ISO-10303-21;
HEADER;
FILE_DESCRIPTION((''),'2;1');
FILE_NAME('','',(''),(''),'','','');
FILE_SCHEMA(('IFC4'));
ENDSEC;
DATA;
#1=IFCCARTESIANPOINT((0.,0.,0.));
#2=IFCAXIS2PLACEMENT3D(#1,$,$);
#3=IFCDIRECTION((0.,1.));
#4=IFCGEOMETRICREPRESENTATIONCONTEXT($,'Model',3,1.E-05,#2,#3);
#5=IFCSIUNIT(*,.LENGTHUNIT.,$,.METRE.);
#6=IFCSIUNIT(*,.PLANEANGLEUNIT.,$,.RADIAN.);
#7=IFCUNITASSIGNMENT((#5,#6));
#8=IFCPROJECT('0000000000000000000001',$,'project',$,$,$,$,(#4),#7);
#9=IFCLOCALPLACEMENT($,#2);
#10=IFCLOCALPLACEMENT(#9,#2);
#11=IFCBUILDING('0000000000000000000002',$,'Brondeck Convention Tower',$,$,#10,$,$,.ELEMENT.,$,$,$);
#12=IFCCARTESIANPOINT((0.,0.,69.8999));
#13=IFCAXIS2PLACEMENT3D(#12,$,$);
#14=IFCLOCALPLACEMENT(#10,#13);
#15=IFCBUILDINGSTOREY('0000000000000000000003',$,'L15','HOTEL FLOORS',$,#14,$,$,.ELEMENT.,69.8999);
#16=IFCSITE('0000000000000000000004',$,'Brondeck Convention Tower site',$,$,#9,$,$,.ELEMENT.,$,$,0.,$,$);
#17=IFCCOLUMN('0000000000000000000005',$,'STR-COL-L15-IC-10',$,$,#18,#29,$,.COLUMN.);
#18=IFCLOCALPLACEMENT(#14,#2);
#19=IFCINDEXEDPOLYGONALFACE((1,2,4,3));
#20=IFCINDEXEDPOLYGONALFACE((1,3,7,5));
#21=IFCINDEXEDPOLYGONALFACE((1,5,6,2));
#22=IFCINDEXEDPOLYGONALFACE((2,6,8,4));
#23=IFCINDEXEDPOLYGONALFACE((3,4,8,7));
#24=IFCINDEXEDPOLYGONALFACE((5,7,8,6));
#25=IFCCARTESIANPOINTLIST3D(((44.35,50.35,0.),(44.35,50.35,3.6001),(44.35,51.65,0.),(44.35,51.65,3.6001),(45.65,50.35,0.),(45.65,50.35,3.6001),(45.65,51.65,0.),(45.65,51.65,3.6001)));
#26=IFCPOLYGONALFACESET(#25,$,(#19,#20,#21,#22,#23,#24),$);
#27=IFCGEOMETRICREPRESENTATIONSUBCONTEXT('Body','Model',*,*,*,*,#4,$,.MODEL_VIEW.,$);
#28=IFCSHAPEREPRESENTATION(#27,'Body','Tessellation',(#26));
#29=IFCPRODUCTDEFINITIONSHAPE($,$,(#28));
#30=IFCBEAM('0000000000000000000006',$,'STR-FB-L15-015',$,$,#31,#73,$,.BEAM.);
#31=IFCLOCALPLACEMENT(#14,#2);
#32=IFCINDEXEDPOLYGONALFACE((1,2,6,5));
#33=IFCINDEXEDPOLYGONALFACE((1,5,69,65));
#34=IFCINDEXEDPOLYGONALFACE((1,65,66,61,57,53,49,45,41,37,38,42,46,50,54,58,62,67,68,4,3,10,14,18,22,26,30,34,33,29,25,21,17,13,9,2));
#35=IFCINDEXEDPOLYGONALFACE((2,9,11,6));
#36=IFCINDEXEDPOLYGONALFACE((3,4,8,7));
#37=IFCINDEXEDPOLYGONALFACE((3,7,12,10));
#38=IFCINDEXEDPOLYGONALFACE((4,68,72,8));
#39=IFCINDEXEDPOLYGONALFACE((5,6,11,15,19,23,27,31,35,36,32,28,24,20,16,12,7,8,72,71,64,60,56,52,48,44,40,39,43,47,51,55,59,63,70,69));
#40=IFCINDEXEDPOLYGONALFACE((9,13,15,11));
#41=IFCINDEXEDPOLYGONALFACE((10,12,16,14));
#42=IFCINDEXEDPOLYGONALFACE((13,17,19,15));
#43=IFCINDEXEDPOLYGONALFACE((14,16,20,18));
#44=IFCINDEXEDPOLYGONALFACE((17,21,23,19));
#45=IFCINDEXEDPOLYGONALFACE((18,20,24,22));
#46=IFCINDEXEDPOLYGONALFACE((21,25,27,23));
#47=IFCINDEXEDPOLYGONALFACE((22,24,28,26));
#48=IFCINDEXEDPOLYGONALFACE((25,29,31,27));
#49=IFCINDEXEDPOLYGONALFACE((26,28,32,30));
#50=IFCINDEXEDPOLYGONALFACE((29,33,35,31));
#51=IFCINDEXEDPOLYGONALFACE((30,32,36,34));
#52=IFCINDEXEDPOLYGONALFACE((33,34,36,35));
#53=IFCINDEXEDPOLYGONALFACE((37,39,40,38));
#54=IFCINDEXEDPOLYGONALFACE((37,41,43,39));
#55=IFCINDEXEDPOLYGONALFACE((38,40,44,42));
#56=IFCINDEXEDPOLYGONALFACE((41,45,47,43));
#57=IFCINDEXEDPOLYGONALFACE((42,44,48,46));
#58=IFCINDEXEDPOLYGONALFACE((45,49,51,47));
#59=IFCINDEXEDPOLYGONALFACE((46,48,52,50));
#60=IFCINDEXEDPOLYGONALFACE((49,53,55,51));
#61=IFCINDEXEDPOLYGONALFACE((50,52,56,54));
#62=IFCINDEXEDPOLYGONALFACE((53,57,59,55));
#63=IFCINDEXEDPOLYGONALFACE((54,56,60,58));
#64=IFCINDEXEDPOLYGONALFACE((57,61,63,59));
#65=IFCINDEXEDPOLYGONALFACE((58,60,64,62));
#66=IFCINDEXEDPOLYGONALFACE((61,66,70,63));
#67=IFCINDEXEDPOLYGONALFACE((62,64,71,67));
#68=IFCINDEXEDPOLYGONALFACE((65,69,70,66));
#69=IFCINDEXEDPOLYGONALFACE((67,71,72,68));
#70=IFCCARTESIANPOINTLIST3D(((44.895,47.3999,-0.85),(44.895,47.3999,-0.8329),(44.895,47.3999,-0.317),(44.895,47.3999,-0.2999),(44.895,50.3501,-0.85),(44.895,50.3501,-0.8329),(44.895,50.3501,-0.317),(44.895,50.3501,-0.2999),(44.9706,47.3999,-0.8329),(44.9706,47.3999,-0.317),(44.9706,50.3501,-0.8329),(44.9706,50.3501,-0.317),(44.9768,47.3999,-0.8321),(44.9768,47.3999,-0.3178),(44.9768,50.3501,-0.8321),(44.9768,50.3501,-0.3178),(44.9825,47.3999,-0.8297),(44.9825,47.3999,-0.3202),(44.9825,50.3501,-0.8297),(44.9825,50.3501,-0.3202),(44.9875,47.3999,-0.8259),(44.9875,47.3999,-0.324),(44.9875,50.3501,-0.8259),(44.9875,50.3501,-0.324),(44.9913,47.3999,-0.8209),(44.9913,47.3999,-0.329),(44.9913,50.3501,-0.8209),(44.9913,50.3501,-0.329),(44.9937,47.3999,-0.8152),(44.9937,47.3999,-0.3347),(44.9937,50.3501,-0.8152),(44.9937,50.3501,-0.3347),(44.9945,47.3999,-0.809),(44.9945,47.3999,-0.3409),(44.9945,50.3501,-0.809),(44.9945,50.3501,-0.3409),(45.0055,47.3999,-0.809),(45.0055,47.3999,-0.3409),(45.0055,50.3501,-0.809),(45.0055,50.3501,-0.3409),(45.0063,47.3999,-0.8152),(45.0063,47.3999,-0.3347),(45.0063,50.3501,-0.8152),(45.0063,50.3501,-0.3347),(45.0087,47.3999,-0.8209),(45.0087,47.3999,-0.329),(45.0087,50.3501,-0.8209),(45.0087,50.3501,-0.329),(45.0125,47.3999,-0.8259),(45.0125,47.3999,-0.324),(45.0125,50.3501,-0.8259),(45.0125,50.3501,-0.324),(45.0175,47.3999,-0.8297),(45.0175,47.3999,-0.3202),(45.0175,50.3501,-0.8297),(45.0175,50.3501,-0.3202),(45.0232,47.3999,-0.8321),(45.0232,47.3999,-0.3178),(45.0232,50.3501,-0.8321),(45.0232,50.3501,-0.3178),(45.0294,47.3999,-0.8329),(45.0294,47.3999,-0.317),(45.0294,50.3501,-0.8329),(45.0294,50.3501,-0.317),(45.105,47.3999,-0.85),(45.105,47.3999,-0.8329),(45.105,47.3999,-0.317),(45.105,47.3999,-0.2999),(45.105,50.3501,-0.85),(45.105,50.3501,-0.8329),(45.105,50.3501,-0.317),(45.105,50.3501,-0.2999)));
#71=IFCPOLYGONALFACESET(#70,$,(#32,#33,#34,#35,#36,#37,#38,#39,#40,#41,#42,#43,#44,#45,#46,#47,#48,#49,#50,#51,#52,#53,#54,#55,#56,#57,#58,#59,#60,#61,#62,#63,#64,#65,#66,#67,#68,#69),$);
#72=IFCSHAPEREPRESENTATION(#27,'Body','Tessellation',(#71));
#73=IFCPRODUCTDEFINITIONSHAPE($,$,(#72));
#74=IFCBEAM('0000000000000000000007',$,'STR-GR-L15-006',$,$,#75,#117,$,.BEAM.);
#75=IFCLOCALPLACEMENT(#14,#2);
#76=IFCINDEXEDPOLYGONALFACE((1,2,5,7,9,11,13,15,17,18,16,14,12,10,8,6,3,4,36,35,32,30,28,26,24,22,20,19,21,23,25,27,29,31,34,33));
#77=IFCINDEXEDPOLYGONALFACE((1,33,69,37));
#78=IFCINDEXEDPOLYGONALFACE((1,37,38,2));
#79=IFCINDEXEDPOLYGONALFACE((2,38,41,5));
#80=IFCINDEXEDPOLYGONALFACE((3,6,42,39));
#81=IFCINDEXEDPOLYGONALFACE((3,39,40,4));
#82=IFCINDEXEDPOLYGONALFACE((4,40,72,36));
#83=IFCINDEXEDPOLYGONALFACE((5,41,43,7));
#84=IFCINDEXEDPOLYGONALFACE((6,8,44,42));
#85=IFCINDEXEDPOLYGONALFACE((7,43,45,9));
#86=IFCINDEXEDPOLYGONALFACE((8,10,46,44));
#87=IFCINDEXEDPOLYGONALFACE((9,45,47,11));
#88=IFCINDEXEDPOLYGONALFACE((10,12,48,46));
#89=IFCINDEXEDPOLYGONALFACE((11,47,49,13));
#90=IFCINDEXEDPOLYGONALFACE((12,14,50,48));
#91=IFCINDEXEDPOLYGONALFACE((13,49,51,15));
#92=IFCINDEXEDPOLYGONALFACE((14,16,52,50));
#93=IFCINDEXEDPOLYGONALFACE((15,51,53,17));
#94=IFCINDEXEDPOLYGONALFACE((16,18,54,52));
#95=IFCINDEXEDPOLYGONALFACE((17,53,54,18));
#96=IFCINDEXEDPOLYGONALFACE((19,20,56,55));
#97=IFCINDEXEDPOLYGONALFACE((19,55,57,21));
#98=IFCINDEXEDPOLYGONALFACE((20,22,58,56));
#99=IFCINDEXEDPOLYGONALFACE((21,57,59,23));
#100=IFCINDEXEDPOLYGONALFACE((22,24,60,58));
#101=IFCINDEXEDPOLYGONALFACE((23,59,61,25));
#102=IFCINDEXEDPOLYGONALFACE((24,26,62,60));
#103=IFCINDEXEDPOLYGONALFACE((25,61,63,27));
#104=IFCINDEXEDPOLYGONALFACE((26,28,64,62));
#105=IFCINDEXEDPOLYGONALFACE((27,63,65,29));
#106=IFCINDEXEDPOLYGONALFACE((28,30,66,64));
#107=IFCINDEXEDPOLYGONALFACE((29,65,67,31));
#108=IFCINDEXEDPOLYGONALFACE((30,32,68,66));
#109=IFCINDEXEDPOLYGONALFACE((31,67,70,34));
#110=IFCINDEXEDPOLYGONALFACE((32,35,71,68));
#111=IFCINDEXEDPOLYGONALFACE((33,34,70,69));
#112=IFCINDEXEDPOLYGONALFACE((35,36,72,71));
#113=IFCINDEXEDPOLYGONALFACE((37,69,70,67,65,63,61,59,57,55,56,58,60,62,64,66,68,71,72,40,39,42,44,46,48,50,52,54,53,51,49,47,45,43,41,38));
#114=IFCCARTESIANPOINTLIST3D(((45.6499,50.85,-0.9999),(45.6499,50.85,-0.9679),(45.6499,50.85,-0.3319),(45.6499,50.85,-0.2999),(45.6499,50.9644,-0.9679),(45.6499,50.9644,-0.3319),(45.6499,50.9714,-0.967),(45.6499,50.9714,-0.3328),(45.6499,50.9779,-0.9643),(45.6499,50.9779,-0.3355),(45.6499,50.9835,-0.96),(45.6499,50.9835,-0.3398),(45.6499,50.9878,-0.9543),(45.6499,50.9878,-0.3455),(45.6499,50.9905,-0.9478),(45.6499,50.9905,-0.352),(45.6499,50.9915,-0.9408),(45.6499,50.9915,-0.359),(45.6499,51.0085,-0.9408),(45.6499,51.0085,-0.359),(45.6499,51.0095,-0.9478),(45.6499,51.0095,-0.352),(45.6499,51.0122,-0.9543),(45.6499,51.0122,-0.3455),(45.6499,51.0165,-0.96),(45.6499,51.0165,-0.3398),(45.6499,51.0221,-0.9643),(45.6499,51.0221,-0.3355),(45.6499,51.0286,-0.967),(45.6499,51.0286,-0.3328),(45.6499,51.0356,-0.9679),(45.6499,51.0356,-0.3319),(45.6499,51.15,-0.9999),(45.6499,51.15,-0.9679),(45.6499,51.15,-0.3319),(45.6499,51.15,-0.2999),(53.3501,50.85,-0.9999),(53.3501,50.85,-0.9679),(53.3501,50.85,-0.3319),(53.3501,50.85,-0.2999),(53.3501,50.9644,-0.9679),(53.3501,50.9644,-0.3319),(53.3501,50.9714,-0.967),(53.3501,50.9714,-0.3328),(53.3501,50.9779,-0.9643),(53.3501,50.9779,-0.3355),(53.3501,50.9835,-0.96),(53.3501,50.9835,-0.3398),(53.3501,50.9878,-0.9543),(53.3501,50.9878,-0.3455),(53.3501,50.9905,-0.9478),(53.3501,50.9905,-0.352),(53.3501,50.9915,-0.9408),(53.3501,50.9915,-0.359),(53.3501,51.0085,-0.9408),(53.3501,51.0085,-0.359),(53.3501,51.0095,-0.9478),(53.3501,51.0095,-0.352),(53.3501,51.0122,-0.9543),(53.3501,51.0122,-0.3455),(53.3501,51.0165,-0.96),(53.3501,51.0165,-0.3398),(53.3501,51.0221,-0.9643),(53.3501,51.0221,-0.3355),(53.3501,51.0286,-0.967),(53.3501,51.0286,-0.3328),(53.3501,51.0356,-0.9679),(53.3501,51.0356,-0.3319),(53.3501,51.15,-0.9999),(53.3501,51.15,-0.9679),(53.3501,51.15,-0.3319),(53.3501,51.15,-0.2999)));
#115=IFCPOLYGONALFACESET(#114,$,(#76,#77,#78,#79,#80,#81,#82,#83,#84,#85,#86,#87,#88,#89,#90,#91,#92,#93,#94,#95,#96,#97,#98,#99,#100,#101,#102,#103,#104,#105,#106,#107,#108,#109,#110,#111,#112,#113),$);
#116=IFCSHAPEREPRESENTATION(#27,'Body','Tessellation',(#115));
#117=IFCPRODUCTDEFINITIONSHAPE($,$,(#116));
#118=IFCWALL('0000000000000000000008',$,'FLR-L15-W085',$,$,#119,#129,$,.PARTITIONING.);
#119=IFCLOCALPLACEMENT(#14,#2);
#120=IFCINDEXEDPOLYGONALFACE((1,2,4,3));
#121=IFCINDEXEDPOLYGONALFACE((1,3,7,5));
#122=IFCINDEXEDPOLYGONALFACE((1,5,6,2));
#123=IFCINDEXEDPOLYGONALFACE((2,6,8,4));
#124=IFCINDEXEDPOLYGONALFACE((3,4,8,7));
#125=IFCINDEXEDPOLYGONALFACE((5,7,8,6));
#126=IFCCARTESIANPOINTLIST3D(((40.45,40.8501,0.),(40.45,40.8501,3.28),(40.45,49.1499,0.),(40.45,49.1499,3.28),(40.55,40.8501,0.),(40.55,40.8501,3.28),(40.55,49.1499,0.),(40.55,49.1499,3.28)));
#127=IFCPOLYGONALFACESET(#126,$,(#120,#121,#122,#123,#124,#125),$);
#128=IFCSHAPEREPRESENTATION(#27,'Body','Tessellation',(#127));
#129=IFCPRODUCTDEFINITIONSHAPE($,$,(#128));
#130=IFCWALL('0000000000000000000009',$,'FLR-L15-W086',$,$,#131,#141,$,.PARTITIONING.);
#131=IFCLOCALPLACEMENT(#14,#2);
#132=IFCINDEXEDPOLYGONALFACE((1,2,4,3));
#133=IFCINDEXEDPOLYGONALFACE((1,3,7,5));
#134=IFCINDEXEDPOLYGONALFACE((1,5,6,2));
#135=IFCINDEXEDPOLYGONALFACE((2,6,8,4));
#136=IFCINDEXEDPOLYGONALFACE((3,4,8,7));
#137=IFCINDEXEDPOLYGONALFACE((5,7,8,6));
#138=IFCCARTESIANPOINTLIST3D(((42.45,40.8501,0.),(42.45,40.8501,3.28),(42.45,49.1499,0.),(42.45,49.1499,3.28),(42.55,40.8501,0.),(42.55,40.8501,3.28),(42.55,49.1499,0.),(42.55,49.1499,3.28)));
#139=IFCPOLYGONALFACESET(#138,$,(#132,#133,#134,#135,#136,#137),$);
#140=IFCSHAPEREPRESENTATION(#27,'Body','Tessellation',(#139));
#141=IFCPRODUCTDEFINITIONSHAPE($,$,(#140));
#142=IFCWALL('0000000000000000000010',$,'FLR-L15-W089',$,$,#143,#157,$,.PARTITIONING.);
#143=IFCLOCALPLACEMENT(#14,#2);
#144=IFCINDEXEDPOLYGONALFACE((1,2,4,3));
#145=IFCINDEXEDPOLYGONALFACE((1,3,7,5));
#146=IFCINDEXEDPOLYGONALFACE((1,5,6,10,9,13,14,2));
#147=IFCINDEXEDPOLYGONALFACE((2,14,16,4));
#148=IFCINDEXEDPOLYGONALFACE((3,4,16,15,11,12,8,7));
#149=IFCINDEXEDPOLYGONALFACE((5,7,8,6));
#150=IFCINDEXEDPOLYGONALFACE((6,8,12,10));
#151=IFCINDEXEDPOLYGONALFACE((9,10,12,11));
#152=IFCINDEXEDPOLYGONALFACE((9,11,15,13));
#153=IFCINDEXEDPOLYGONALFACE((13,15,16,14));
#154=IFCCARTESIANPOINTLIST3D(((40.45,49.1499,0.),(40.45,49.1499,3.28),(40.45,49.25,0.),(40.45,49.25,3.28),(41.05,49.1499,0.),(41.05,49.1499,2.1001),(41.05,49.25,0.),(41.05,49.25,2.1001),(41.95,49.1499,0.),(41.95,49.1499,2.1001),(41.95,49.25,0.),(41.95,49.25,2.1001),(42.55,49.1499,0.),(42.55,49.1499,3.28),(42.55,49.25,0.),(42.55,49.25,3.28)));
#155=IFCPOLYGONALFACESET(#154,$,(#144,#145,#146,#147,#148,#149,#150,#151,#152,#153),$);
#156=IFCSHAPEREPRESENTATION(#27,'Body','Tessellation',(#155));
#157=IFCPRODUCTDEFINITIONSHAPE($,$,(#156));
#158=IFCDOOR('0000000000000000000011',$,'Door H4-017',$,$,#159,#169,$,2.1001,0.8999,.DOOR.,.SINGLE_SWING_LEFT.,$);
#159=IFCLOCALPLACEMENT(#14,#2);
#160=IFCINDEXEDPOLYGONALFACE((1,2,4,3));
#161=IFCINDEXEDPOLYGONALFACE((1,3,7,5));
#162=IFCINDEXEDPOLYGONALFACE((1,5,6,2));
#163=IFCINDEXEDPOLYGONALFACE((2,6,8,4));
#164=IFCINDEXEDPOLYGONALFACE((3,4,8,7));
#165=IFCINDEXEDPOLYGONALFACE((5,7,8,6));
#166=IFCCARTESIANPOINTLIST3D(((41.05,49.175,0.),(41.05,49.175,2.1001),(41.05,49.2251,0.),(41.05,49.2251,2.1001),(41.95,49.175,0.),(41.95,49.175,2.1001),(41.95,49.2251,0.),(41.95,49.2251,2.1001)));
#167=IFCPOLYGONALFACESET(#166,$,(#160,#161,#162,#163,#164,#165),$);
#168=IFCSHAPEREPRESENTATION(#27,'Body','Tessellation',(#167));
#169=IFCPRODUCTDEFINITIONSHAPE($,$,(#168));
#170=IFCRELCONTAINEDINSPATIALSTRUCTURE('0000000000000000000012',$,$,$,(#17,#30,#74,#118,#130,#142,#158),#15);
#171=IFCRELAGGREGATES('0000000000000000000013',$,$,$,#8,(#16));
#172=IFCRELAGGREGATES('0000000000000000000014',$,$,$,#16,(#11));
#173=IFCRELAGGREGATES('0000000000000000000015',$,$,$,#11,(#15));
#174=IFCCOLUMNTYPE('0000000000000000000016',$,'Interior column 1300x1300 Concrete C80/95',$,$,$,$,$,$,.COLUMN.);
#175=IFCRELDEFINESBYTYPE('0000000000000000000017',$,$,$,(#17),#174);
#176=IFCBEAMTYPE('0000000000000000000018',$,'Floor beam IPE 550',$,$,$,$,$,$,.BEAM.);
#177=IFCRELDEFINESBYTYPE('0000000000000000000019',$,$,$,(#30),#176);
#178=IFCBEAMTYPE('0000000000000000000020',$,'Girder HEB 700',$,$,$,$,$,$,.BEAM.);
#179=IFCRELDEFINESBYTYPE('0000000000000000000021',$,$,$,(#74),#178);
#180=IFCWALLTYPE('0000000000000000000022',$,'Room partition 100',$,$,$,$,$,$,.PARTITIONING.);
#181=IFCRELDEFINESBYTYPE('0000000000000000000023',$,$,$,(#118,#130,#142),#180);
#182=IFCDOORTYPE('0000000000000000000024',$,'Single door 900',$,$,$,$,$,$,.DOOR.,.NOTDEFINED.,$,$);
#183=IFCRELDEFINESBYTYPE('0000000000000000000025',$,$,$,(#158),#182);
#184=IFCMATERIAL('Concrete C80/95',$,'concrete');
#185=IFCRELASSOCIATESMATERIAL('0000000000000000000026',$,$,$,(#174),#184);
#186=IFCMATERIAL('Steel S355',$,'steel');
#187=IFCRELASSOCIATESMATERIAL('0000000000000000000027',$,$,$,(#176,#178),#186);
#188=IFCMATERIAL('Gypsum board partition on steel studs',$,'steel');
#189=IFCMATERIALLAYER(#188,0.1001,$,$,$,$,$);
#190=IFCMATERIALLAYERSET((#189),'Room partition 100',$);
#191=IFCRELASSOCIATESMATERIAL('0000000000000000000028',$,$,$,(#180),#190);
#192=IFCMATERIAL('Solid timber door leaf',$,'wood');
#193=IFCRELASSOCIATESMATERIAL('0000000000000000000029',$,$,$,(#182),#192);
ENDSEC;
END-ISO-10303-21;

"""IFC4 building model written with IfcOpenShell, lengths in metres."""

from ifc_helpers import new_model, si_unit, direction, frame, frame_2d, origin, origin_2d, place, context, subcontext, project, spatial, rectangle, i_section, extrude, material, layer, layer_set, material_profile, profile_set, type_object, element, fill, save


model = new_model("IFC4")

# Units and contexts
model_context = context("Model", 3, precision=1e-05, world=origin(), true_north=direction((0.0, 1.0)))
body_context = subcontext(model_context, "Body", "Model", "MODEL_VIEW")
ifc_project = project(units=[si_unit("LENGTHUNIT", "METRE"), si_unit("PLANEANGLEUNIT", "RADIAN")], contexts=[model_context])

# Site, building, storey
site_placement = place(None, origin())
site = spatial("IfcSite", under=ifc_project, at=site_placement, Name="Brondeck Convention Tower site", CompositionType="ELEMENT", RefElevation=0.0)
building_placement = place(site_placement, origin())
building = spatial("IfcBuilding", under=site, at=building_placement, Name="Brondeck Convention Tower", CompositionType="ELEMENT")
storey_placement = place(building_placement, frame((0.0, 0.0, 69.8999)))
storey = spatial("IfcBuildingStorey", under=building, at=storey_placement, Name="L15", Description="HOTEL FLOORS", CompositionType="ELEMENT", Elevation=69.8999)

# Column
ifc_material_1 = material(Name="Concrete C80/95", Category="concrete")
ifc_material_profile_1 = material_profile(ifc_material_1, rectangle(XDim=1.3, YDim=1.3, at=origin_2d()), Name="Interior column 1300x1300 Concrete C80/95")
ifc_profile_set_1 = profile_set([ifc_material_profile_1], Name="Concrete C80/95")
column_type = type_object("IfcColumnType", Name="Interior column 1300x1300 Concrete C80/95", PredefinedType="COLUMN", material=ifc_profile_set_1)
column_placement = place(storey_placement, frame((45.0, 51.0, 0.0), z_axis=(0.0, 0.0, 1.0), x_axis=(1.0, 0.0, 0.0)))
element("IfcColumn", 1, at=column_placement, inside=storey, type_object=column_type, Name="STR-COL-L15-IC-10", PredefinedType="COLUMN", context=body_context, shape_type="SweptSolid", body=[
    extrude(rectangle(XDim=1.3, YDim=1.3, at=origin_2d()), origin(), (0.0, 0.0, 1.0), 3.6001),
])

# Beams
ifc_material_2 = material(Name="Steel S355", Category="steel")
ifc_material_profile_2 = material_profile(ifc_material_2, i_section(OverallWidth=0.21, OverallDepth=0.55, WebThickness=0.011, FlangeThickness=0.0171, FilletRadius=0.0239, at=origin_2d()), Name="IPE 550")
ifc_profile_set_2 = profile_set([ifc_material_profile_2], Name="Steel S355")
beam_type_1 = type_object("IfcBeamType", Name="Floor beam IPE 550", PredefinedType="BEAM", material=ifc_profile_set_2)
beam_1_placement = place(storey_placement, frame((45.0, 47.3999, -0.575), z_axis=(0.0, 1.0, 0.0), x_axis=(-1.0, 0.0, 0.0)))
element("IfcBeam", 2, at=beam_1_placement, inside=storey, type_object=beam_type_1, Name="STR-FB-L15-015", PredefinedType="BEAM", context=body_context, shape_type="SweptSolid", body=[
    extrude(i_section(OverallWidth=0.21, OverallDepth=0.55, WebThickness=0.011, FlangeThickness=0.0171, FilletRadius=0.0239, at=origin_2d()), origin(), (0.0, 0.0, 1.0), 2.9502),
])
ifc_material_profile_3 = material_profile(ifc_material_2, i_section(OverallWidth=0.3, OverallDepth=0.7, WebThickness=0.0171, FlangeThickness=0.032, FilletRadius=0.0271, at=origin_2d()), Name="HEB 700")
ifc_profile_set_3 = profile_set([ifc_material_profile_3], Name="Steel S355")
beam_type_2 = type_object("IfcBeamType", Name="Girder HEB 700", PredefinedType="BEAM", material=ifc_profile_set_3)
beam_2_placement = place(storey_placement, frame((45.6499, 51.0, -0.6499), z_axis=(1.0, 0.0, 0.0), x_axis=(0.0, 1.0, 0.0)))
element("IfcBeam", 3, at=beam_2_placement, inside=storey, type_object=beam_type_2, Name="STR-GR-L15-006", PredefinedType="BEAM", context=body_context, shape_type="SweptSolid", body=[
    extrude(i_section(OverallWidth=0.3, OverallDepth=0.7, WebThickness=0.0171, FlangeThickness=0.032, FilletRadius=0.0271, at=origin_2d()), origin(), (0.0, 0.0, 1.0), 7.7002),
])

# Walls
ifc_material_3 = material(Name="Gypsum board partition on steel studs", Category="steel")
ifc_layer_1 = layer(ifc_material_3, 0.1001)
ifc_layer_set_1 = layer_set([ifc_layer_1], Name="Room partition 100")
wall_type_1 = type_object("IfcWallType", Name="Room partition 100", PredefinedType="PARTITIONING", material=ifc_layer_set_1)
for number, where, z_axis, x_axis, name in (
    (4, (40.5, 49.1499, 0.0), (0.0, 0.0, 1.0), (0.0, -1.0, 0.0), "FLR-L15-W085"),
    (5, (42.5, 49.1499, 0.0), (0.0, 0.0, 1.0), (0.0, -1.0, 0.0), "FLR-L15-W086"),
):
    element("IfcWall", number, at=place(storey_placement, frame(where, z_axis=z_axis, x_axis=x_axis)), inside=storey, type_object=wall_type_1, Name=name, PredefinedType="PARTITIONING", context=body_context, shape_type="SweptSolid", body=[
        extrude(rectangle(XDim=8.2998, YDim=0.1001, at=frame_2d((4.1499, 0.0))), origin(), (0.0, 0.0, 1.0), 3.28),
    ])

# Wall, opening, door
wall_1_placement = place(storey_placement, frame((42.55, 49.2, 0.0), z_axis=(0.0, 0.0, 1.0), x_axis=(-1.0, 0.0, 0.0)))
wall_1 = element("IfcWall", 6, at=wall_1_placement, inside=storey, type_object=wall_type_1, Name="FLR-L15-W089", PredefinedType="PARTITIONING", context=body_context, shape_type="SweptSolid", body=[
    extrude(rectangle(XDim=2.1001, YDim=0.1001, at=frame_2d((1.05, 0.0))), origin(), (0.0, 0.0, 1.0), 3.28),
])
opening_1_placement = place(wall_1_placement, frame((0.6001, 0.0, 0.0)))
opening_1 = element("IfcOpeningElement", 7, at=opening_1_placement, cuts=wall_1, PredefinedType="OPENING", context=body_context, shape_type="SweptSolid", body=[
    extrude(rectangle(XDim=0.8999, YDim=2.1001, at=frame_2d((0.45, 1.05))), frame((0.0, 0.0601, 0.0), z_axis=(0.0, -1.0, 0.0), x_axis=(1.0, 0.0, 0.0)), (0.0, 0.0, 1.0), 0.1201),
])
ifc_material_4 = material(Name="Solid timber door leaf", Category="wood")
door_type = type_object("IfcDoorType", Name="Single door 900", OperationType="NOTDEFINED", PredefinedType="DOOR", material=ifc_material_4)
door_1_placement = place(opening_1_placement, origin())
door_1 = element("IfcDoor", 8, at=door_1_placement, inside=storey, type_object=door_type, Name="Door H4-017", OperationType="SINGLE_SWING_LEFT", OverallHeight=2.1001, OverallWidth=0.8999, PredefinedType="DOOR", context=body_context, shape_type="SweptSolid", body=[
    extrude(rectangle(XDim=0.8999, YDim=2.1001, at=frame_2d((0.45, 1.05))), frame((0.0, 0.0249, 0.0), z_axis=(0.0, -1.0, 0.0), x_axis=(1.0, 0.0, 0.0)), (0.0, 0.0, 1.0), 0.05),
])
fill(opening_1, door_1)

save(model, "model.ifc")
